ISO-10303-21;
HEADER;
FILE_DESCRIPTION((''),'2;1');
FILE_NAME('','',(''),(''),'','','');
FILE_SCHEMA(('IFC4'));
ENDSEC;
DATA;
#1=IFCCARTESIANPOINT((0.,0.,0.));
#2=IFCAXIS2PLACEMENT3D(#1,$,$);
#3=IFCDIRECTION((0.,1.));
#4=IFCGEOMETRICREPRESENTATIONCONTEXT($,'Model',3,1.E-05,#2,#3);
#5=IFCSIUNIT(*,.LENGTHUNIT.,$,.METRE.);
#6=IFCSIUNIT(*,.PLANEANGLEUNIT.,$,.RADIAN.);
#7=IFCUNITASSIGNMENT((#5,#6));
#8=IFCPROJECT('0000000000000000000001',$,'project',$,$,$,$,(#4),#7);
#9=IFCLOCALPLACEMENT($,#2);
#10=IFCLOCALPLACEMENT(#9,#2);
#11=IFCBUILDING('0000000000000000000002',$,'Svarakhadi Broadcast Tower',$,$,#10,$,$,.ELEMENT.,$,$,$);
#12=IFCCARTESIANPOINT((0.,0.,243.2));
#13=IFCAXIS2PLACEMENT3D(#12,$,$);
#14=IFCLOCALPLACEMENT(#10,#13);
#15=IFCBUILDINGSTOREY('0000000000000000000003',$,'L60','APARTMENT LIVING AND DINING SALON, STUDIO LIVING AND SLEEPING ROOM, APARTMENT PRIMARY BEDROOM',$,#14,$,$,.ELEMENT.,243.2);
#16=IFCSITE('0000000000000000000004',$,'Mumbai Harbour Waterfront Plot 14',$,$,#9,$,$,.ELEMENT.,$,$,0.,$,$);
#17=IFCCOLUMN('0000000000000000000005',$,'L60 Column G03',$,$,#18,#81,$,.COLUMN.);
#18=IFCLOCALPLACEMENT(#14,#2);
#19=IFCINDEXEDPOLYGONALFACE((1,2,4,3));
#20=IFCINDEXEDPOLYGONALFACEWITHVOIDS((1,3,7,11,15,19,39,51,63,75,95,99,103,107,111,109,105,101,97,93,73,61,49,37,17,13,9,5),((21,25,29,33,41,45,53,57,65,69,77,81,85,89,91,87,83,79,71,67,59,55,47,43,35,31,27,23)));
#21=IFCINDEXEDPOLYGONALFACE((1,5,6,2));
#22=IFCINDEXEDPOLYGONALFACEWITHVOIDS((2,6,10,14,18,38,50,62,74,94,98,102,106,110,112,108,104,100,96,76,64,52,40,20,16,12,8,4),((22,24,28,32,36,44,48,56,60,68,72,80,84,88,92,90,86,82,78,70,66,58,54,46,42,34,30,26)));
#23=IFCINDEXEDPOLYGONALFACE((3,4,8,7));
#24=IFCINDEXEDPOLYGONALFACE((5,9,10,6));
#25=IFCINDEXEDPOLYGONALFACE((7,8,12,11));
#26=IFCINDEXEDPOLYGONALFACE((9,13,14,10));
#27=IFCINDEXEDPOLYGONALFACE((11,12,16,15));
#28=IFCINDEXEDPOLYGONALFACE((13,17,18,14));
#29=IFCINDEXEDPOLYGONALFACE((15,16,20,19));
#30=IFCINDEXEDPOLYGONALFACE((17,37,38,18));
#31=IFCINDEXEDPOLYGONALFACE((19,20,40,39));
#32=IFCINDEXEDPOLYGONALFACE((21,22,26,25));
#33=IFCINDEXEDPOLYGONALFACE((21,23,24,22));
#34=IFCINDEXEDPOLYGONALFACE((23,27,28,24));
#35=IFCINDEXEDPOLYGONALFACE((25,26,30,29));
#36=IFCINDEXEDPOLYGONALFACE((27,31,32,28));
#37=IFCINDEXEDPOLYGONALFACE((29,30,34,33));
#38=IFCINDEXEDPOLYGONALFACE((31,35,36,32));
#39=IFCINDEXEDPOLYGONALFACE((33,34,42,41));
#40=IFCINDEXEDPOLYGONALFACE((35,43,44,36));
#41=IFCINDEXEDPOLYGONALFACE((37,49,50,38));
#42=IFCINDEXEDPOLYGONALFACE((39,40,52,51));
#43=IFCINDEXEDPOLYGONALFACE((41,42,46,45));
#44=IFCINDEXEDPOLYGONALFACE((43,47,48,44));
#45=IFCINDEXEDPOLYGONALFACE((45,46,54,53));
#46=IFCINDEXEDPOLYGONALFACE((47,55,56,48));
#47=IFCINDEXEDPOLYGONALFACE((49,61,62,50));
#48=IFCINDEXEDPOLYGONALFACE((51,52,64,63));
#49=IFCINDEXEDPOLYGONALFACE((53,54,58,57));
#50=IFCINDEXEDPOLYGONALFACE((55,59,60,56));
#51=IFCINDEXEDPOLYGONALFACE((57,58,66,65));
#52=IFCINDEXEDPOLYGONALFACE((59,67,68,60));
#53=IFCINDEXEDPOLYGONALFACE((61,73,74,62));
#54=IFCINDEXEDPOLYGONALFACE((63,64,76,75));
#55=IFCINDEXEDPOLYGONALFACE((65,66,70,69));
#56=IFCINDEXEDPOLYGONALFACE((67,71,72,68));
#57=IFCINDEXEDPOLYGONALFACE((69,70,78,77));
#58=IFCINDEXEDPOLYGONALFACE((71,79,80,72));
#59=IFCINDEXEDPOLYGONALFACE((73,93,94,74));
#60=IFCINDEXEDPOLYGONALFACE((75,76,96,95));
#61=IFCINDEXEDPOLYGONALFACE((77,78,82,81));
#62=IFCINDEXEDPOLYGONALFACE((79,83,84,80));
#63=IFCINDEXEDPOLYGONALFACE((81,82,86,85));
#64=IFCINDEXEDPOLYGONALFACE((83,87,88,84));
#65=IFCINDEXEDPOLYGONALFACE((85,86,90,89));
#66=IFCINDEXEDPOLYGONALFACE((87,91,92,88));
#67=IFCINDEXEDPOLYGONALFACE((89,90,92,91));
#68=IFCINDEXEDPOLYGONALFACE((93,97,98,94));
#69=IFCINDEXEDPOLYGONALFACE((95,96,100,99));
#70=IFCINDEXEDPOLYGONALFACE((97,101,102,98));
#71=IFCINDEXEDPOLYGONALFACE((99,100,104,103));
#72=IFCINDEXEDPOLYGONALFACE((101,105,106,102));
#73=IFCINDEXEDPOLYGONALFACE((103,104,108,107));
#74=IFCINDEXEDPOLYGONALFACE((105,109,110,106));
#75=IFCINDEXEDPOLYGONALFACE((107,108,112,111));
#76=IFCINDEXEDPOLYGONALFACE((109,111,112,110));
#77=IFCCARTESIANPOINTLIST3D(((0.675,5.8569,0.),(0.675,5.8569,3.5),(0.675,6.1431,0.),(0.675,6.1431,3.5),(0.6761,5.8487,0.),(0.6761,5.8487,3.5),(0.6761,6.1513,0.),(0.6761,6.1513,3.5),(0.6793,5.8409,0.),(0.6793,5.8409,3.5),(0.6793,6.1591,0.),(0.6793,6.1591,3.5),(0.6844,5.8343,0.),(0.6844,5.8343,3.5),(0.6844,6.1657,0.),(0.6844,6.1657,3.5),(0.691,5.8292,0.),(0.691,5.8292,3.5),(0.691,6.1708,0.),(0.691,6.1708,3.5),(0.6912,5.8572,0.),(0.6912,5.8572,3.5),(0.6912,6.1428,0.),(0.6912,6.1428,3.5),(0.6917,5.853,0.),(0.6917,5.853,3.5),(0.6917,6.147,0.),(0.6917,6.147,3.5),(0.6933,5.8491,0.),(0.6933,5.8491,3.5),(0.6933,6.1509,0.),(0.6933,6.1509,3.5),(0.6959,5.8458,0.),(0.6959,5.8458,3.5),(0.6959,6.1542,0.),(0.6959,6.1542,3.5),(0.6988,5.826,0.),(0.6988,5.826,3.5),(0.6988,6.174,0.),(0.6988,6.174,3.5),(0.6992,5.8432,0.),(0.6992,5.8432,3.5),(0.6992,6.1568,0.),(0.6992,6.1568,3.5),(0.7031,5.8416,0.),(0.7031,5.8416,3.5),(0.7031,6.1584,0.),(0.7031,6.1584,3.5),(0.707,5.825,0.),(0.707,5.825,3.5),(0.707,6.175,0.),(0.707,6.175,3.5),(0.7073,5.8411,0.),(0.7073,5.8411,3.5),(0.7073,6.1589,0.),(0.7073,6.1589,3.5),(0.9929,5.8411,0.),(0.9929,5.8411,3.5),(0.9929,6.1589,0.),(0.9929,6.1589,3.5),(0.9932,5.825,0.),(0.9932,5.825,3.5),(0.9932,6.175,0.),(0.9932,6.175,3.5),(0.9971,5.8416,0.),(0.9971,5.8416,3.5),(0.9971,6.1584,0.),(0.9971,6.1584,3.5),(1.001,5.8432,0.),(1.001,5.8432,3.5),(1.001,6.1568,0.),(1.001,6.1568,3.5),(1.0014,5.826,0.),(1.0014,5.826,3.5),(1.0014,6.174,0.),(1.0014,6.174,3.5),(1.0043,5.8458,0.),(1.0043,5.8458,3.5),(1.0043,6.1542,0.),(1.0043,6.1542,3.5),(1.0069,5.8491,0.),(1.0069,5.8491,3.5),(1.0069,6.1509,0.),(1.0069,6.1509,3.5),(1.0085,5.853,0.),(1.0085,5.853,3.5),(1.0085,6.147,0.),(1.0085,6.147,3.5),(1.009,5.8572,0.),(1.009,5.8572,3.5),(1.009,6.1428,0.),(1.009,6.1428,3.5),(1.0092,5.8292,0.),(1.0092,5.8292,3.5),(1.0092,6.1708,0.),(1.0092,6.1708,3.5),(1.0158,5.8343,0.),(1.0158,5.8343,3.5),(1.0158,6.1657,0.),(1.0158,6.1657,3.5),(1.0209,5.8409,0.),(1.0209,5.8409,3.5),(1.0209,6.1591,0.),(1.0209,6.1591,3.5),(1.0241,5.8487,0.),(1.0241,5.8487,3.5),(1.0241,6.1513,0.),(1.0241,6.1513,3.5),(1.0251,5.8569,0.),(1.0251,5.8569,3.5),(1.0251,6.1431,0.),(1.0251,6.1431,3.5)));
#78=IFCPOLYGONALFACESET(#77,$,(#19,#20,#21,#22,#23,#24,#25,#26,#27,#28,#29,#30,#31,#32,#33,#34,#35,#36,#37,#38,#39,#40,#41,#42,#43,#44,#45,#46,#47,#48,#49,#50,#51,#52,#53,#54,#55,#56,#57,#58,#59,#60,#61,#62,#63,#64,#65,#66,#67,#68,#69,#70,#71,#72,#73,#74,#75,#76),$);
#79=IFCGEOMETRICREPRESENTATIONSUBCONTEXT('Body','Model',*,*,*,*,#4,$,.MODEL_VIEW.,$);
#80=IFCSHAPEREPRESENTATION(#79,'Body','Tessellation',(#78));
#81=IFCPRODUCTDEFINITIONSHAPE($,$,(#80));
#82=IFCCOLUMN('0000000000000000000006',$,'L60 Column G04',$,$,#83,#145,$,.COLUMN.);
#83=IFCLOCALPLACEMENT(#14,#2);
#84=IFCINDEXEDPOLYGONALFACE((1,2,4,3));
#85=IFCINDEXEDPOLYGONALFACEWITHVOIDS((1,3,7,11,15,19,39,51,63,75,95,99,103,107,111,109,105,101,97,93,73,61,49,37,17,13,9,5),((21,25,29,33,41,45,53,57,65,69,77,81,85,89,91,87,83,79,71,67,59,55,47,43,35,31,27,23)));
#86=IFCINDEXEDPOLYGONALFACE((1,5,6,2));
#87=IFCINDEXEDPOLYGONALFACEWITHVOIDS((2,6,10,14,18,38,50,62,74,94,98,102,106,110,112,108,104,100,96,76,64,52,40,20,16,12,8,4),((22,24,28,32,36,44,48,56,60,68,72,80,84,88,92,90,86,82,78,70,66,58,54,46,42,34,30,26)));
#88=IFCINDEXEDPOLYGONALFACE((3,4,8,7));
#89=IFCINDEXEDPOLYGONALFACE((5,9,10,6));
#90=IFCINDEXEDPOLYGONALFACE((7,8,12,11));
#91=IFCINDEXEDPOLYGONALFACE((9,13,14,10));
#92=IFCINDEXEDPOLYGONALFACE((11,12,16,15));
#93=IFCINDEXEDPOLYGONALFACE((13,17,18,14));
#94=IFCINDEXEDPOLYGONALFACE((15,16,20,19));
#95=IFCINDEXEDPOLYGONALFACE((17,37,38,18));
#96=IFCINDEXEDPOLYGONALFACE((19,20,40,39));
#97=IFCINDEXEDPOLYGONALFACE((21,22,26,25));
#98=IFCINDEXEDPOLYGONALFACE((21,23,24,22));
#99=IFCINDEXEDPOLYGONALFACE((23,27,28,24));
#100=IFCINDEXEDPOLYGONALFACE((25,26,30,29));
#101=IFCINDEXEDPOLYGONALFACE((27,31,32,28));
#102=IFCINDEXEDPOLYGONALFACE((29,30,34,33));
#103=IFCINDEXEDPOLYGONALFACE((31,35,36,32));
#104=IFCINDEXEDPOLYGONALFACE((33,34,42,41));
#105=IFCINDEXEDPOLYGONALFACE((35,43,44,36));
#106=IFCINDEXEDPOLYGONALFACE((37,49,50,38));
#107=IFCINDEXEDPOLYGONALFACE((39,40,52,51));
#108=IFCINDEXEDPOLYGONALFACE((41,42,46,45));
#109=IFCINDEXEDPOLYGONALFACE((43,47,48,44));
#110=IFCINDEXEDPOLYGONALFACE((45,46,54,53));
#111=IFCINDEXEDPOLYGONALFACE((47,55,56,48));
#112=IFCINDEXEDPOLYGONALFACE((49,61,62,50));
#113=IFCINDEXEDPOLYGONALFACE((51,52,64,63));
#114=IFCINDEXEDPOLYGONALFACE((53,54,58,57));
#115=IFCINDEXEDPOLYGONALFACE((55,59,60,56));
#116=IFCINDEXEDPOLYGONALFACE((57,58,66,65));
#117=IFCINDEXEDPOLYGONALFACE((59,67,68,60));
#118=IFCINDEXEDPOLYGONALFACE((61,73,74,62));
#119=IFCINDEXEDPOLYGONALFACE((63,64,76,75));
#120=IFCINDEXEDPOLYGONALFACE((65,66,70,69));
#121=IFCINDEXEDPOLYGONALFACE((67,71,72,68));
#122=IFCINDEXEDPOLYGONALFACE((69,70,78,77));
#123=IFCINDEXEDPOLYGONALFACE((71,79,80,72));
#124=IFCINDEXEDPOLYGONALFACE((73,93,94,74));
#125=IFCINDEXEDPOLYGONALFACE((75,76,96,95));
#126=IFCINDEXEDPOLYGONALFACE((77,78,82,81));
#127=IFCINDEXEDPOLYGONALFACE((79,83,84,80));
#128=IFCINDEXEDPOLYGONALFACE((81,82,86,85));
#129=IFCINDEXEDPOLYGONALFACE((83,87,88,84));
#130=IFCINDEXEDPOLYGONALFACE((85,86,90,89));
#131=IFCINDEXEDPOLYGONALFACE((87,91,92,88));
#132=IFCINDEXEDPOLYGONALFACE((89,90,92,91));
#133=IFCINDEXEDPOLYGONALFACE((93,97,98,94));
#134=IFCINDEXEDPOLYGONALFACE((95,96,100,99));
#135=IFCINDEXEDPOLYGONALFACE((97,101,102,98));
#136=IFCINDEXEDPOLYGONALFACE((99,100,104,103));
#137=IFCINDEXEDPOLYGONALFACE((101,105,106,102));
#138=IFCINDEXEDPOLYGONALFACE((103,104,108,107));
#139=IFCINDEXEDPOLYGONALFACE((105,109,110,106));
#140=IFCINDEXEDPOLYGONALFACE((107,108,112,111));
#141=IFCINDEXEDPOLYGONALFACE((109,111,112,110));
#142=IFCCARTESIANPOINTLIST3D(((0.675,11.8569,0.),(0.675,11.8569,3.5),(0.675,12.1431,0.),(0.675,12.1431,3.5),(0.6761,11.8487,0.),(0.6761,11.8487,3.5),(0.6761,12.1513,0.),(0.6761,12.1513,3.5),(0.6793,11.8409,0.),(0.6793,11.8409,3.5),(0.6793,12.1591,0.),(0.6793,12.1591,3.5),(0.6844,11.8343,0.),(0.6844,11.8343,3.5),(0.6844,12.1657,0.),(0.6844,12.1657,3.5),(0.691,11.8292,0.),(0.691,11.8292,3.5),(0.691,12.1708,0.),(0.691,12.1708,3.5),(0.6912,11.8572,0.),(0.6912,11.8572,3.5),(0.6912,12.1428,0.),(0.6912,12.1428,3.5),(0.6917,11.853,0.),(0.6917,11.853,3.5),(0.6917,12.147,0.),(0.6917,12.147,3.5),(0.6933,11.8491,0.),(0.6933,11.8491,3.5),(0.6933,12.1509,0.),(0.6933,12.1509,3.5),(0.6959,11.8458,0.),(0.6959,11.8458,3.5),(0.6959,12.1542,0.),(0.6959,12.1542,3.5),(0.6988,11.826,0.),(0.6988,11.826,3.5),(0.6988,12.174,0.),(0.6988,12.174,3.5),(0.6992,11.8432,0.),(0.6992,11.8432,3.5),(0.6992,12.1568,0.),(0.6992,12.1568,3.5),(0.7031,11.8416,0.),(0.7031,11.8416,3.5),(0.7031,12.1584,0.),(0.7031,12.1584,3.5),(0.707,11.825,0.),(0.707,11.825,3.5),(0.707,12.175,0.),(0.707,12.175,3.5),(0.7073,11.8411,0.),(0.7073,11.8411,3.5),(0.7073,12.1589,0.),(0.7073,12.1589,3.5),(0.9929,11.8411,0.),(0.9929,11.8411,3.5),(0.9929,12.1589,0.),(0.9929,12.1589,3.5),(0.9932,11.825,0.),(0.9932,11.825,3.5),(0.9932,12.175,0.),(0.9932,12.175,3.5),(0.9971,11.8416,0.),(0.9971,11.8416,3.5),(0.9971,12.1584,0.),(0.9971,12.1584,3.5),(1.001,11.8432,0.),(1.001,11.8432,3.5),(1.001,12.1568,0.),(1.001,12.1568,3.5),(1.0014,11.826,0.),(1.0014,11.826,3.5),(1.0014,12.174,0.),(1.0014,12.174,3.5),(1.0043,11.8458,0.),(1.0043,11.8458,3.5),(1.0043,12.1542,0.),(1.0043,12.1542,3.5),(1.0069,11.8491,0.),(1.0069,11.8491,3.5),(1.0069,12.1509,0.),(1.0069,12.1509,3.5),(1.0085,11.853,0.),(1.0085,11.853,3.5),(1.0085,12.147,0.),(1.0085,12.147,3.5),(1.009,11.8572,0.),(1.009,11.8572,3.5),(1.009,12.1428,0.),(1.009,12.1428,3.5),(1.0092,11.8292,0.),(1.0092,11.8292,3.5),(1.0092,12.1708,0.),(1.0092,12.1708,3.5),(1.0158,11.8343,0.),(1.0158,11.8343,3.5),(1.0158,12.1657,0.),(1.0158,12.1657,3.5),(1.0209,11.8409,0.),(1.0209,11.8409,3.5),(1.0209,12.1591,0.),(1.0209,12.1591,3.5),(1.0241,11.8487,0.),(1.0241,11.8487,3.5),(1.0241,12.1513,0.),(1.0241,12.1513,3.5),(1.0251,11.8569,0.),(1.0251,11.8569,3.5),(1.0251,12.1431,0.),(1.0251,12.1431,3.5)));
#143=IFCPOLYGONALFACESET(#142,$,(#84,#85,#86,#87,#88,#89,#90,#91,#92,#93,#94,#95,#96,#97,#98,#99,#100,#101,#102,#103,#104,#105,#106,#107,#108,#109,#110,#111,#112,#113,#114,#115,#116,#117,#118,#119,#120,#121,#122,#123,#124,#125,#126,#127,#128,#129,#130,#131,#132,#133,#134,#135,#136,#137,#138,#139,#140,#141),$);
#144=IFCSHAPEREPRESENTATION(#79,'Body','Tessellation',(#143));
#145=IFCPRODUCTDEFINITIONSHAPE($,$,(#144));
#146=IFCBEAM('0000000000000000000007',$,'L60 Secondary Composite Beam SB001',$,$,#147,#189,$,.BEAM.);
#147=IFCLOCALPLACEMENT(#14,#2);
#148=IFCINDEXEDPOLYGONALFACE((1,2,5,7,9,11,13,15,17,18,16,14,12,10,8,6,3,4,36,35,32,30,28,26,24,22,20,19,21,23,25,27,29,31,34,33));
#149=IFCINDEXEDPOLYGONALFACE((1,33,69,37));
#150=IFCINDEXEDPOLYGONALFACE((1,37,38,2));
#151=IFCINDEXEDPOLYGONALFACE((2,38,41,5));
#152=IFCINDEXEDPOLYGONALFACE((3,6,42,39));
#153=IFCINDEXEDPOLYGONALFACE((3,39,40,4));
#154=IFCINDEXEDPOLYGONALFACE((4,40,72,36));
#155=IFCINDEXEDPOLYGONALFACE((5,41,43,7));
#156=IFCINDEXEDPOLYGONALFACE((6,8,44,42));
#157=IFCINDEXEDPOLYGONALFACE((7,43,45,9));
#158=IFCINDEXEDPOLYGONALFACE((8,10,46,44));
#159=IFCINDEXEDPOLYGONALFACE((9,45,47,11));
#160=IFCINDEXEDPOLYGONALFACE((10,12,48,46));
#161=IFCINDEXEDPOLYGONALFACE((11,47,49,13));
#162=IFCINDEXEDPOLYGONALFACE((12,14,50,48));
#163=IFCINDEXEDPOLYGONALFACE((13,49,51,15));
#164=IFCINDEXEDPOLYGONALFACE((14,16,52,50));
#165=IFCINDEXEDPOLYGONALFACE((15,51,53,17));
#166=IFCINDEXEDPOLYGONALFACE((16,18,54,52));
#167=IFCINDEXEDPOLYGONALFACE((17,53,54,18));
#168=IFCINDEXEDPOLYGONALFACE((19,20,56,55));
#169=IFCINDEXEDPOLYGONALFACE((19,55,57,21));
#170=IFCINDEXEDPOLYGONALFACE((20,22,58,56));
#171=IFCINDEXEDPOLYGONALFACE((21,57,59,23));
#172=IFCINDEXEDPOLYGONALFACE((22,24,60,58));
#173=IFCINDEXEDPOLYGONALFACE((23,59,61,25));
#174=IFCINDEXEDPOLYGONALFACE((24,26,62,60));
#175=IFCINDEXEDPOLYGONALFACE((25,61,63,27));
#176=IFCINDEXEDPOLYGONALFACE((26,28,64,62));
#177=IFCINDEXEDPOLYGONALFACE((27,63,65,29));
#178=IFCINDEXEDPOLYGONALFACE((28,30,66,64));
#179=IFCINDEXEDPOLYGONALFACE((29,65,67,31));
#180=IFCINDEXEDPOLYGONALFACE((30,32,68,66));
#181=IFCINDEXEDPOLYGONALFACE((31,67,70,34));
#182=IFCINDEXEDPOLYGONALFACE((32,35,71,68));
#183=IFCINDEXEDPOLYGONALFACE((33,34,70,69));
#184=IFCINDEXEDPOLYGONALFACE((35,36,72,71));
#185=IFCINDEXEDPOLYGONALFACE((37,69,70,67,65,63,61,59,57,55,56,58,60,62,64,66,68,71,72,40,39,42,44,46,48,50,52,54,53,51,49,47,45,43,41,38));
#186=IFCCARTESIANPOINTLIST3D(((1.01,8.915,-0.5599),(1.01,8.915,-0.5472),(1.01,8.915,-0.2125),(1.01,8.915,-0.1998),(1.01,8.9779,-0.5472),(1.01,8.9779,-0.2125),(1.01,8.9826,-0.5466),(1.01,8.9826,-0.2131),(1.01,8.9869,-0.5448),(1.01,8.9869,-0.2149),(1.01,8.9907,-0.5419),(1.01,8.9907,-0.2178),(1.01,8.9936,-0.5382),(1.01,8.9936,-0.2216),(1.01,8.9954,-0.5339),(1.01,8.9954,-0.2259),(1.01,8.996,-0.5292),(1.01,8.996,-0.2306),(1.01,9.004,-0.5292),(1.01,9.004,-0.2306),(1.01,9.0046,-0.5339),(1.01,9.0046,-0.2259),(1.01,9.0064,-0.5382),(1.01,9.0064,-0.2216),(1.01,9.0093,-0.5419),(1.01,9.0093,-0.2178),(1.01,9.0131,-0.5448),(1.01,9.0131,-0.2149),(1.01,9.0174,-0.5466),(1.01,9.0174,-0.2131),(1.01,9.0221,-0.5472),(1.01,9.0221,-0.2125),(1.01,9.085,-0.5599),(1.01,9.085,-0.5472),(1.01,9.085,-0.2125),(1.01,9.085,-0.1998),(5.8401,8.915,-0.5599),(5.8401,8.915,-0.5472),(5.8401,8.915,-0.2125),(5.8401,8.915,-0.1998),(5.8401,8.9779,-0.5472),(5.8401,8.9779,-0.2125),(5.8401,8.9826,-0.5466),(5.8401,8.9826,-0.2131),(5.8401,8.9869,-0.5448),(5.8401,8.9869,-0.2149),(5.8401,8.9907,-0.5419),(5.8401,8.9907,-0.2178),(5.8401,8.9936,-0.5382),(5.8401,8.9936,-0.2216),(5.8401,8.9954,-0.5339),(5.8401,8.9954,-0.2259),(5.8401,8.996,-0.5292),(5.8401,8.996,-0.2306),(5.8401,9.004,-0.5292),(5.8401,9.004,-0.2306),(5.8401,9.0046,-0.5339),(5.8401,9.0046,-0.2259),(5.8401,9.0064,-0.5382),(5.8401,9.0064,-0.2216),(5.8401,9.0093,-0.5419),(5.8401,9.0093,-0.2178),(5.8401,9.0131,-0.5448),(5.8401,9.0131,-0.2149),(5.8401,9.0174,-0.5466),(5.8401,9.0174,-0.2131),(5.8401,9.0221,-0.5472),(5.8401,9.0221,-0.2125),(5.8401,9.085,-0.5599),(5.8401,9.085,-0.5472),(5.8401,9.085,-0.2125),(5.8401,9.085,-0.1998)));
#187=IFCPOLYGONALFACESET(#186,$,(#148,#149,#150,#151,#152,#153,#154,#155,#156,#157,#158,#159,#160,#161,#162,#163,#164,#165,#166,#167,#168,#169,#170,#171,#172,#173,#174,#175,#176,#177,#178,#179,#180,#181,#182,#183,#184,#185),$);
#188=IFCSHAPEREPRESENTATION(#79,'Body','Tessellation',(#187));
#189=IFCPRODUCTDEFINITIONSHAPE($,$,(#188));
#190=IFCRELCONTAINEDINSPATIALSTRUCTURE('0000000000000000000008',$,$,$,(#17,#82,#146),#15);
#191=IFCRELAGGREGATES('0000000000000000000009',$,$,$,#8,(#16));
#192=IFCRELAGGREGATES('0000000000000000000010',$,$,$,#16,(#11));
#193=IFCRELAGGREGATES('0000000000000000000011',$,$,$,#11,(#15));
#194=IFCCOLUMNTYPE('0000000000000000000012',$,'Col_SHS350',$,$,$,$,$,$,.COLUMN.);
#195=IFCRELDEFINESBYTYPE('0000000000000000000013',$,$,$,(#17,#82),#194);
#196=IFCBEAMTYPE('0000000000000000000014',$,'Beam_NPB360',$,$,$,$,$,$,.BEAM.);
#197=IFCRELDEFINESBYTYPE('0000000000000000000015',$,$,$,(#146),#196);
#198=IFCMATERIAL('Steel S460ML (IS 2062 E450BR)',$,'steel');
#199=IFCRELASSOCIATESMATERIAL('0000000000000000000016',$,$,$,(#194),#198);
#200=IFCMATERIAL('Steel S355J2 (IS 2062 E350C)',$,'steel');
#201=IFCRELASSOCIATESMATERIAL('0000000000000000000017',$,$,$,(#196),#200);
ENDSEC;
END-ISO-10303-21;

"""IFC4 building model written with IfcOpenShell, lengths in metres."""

from ifc_helpers import new_model, si_unit, direction, frame, origin, origin_2d, place, context, subcontext, project, spatial, hollow_rectangle, i_section, extrude, material, material_profile, profile_set, type_object, element, save


model = new_model("IFC4")

# Units and contexts
model_context = context("Model", 3, precision=1e-05, world=origin(), true_north=direction((0.0, 1.0)))
body_context = subcontext(model_context, "Body", "Model", "MODEL_VIEW")
ifc_project = project(units=[si_unit("LENGTHUNIT", "METRE"), si_unit("PLANEANGLEUNIT", "RADIAN")], contexts=[model_context])

# Site, building, storey
site_placement = place(None, origin())
site = spatial("IfcSite", under=ifc_project, at=site_placement, Name="Mumbai Harbour Waterfront Plot 14", CompositionType="ELEMENT", RefElevation=0.0)
building_placement = place(site_placement, origin())
building = spatial("IfcBuilding", under=site, at=building_placement, Name="Svarakhadi Broadcast Tower", CompositionType="ELEMENT")
storey_placement = place(building_placement, frame((0.0, 0.0, 243.2)))
storey = spatial("IfcBuildingStorey", under=building, at=storey_placement, Name="L60", Description="APARTMENT LIVING AND DINING SALON, STUDIO LIVING AND SLEEPING ROOM, APARTMENT PRIMARY BEDROOM", CompositionType="ELEMENT", Elevation=243.2)

# Columns
ifc_material_1 = material(Name="Steel S460ML (IS 2062 E450BR)", Category="steel")
ifc_material_profile_1 = material_profile(ifc_material_1, hollow_rectangle(XDim=0.3501, YDim=0.3501, WallThickness=0.0161, InnerFilletRadius=0.0161, OuterFilletRadius=0.032, at=origin_2d()), Name="SHS 350x350x16")
ifc_profile_set_1 = profile_set([ifc_material_profile_1], Name="Steel S460ML (IS 2062 E450BR)")
column_type = type_object("IfcColumnType", Name="Col_SHS350", PredefinedType="COLUMN", material=ifc_profile_set_1)
for number, where, z_axis, x_axis, name in (
    (1, (0.8501, 6.0, 0.0), (0.0, 0.0, 1.0), (1.0, 0.0, 0.0), "L60 Column G03"),
    (2, (0.8501, 12.0, 0.0), (0.0, 0.0, 1.0), (1.0, 0.0, 0.0), "L60 Column G04"),
):
    element("IfcColumn", number, at=place(storey_placement, frame(where, z_axis=z_axis, x_axis=x_axis)), inside=storey, type_object=column_type, Name=name, PredefinedType="COLUMN", context=body_context, shape_type="SweptSolid", body=[
        extrude(hollow_rectangle(XDim=0.3501, YDim=0.3501, WallThickness=0.0161, InnerFilletRadius=0.0161, OuterFilletRadius=0.032, at=origin_2d()), origin(), (0.0, 0.0, 1.0), 3.5),
    ])

# Beam
ifc_material_2 = material(Name="Steel S355J2 (IS 2062 E350C)", Category="steel")
ifc_material_profile_2 = material_profile(ifc_material_2, i_section(OverallWidth=0.1699, OverallDepth=0.3601, WebThickness=0.0081, FlangeThickness=0.0127, FilletRadius=0.0181, at=origin_2d()), Name="NPB 360x170x57")
ifc_profile_set_2 = profile_set([ifc_material_profile_2], Name="Steel S355J2 (IS 2062 E350C)")
beam_type_1 = type_object("IfcBeamType", Name="Beam_NPB360", PredefinedType="BEAM", material=ifc_profile_set_2)
beam_1_placement = place(storey_placement, frame((1.01, 9.0, -0.3799), z_axis=(1.0, 0.0, 0.0), x_axis=(0.0, 1.0, 0.0)))
element("IfcBeam", 3, at=beam_1_placement, inside=storey, type_object=beam_type_1, Name="L60 Secondary Composite Beam SB001", PredefinedType="BEAM", context=body_context, shape_type="SweptSolid", body=[
    extrude(i_section(OverallWidth=0.1699, OverallDepth=0.3601, WebThickness=0.0081, FlangeThickness=0.0127, FilletRadius=0.0181, at=origin_2d()), origin(), (0.0, 0.0, 1.0), 4.8301),
])

save(model, "model.ifc")
